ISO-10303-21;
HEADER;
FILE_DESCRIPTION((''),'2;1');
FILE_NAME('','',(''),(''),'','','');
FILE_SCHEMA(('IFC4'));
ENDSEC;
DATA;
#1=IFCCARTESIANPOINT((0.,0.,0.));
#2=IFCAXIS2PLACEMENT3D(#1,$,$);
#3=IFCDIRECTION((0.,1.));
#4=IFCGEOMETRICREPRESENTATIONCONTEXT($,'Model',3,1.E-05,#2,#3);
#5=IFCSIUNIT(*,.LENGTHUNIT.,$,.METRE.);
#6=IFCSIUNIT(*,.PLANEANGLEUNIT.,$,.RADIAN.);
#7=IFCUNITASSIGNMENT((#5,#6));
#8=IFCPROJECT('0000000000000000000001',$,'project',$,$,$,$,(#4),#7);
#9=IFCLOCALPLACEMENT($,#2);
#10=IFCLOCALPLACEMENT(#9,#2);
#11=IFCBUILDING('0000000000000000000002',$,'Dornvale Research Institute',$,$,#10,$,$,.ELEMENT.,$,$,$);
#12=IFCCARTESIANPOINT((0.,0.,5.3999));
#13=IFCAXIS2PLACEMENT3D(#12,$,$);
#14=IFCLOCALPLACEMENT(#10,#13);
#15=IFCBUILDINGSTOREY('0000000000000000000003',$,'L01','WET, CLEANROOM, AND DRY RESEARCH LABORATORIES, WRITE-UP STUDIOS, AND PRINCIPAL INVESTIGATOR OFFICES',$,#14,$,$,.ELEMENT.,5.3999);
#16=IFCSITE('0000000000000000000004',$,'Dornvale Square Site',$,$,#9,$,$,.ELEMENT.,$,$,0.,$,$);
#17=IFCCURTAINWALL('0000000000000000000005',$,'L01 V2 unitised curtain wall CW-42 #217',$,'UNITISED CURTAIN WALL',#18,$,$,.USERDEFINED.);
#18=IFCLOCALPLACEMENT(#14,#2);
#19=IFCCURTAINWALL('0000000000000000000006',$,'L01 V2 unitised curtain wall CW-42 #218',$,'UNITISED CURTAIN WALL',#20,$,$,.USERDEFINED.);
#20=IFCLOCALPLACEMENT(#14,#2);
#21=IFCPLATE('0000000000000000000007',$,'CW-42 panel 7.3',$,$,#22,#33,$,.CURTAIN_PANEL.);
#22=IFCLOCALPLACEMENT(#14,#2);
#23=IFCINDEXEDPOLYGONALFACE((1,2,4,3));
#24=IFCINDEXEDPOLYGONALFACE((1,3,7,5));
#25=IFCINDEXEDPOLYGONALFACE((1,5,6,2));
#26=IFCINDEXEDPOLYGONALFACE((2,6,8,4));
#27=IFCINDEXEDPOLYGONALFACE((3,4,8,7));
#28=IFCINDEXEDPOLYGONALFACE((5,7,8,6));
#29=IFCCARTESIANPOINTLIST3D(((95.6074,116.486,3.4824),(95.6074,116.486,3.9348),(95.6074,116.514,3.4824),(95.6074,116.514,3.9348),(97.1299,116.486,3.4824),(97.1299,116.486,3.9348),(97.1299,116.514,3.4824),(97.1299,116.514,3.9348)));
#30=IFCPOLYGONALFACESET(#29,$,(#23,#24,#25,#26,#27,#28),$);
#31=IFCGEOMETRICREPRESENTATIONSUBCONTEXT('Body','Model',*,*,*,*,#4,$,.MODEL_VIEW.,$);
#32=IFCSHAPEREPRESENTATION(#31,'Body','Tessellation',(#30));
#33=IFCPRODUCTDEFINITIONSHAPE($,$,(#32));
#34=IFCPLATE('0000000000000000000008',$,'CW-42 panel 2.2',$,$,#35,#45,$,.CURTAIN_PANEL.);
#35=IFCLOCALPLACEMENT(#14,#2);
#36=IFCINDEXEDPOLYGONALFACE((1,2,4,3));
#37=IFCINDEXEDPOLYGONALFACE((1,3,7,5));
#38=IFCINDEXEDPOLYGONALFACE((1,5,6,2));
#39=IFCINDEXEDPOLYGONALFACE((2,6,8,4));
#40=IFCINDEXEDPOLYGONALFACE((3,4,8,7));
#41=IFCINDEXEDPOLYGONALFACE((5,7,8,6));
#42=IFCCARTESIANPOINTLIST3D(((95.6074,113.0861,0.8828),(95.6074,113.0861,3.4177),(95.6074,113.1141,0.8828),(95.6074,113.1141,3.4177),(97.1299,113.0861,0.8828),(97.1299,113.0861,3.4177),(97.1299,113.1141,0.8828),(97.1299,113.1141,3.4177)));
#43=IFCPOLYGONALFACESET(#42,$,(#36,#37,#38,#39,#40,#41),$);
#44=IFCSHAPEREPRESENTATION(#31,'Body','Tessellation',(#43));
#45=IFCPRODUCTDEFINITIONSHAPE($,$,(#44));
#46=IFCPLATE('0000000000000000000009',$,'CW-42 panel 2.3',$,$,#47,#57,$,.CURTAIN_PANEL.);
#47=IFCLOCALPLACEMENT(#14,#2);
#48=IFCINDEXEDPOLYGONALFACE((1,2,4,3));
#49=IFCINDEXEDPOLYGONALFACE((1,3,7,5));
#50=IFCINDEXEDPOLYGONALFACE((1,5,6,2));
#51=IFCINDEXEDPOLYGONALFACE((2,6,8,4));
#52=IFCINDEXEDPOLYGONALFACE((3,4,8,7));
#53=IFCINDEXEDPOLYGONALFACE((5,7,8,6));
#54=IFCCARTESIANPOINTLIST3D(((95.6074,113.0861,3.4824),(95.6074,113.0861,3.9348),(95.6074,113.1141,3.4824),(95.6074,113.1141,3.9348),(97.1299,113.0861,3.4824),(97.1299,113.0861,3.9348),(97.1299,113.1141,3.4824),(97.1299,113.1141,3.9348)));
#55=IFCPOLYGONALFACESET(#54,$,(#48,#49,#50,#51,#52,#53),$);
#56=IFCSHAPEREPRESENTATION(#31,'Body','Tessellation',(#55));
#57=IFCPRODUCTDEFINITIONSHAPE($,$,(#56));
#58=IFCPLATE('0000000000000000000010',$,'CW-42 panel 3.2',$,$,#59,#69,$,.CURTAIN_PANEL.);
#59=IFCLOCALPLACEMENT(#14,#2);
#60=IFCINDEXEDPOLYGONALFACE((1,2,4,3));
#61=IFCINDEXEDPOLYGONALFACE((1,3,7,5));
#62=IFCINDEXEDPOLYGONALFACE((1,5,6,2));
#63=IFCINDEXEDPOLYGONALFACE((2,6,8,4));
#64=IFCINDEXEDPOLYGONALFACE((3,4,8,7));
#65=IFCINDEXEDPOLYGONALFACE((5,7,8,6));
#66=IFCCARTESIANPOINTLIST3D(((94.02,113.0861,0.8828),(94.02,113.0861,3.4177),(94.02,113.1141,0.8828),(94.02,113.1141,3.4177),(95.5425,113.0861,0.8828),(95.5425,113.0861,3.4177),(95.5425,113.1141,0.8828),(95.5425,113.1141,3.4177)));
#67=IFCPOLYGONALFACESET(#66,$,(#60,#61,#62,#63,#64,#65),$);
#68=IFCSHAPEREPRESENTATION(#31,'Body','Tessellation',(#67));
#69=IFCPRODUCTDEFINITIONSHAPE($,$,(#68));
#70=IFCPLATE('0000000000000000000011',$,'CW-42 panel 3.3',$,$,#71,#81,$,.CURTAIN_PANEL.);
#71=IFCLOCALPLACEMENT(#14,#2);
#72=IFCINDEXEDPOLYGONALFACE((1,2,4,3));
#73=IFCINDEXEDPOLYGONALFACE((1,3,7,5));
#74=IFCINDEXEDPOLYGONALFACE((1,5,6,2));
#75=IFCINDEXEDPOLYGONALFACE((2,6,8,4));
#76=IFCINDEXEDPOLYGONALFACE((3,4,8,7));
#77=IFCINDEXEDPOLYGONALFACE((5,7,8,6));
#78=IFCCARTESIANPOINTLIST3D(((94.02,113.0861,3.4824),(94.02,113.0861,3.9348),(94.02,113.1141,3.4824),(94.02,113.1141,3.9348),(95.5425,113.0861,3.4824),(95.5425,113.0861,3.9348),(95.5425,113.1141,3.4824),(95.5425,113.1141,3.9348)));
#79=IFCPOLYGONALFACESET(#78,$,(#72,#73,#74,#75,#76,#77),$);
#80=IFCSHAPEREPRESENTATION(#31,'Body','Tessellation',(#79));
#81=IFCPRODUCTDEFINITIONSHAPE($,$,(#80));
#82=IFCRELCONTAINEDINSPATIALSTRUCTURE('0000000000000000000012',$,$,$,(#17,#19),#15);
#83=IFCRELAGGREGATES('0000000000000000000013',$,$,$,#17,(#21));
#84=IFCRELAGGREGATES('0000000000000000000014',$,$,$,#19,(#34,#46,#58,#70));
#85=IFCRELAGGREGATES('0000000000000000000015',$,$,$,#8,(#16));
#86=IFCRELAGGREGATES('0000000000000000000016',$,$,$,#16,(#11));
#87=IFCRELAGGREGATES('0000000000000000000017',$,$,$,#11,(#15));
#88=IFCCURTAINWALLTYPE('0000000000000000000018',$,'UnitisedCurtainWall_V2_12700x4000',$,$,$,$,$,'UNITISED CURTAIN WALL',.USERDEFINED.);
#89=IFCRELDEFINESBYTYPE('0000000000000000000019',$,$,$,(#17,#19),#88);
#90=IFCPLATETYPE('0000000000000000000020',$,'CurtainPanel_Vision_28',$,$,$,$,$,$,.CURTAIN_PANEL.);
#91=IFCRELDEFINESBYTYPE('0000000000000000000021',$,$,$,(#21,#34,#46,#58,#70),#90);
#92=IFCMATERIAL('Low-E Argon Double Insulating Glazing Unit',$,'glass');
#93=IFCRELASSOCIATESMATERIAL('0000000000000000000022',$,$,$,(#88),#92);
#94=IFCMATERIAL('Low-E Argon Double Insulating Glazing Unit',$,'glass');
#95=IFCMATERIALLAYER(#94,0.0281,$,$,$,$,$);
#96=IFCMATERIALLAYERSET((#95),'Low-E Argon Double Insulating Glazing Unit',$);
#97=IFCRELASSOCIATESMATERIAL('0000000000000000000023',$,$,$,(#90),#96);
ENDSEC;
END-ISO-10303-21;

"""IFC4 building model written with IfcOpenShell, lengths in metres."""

from ifc_helpers import new_model, si_unit, direction, frame, origin, origin_2d, place, context, subcontext, project, spatial, rectangle, extrude, material, layer, layer_set, type_object, element, aggregate, save


model = new_model("IFC4")

# Units and contexts
model_context = context("Model", 3, precision=1e-05, world=origin(), true_north=direction((0.0, 1.0)))
body_context = subcontext(model_context, "Body", "Model", "MODEL_VIEW")
ifc_project = project(units=[si_unit("LENGTHUNIT", "METRE"), si_unit("PLANEANGLEUNIT", "RADIAN")], contexts=[model_context])

# Site, building, storey
site_placement = place(None, origin())
site = spatial("IfcSite", under=ifc_project, at=site_placement, Name="Dornvale Square Site", CompositionType="ELEMENT", RefElevation=0.0)
building_placement = place(site_placement, origin())
building = spatial("IfcBuilding", under=site, at=building_placement, Name="Dornvale Research Institute", CompositionType="ELEMENT")
storey_placement = place(building_placement, frame((0.0, 0.0, 5.3999)))
storey = spatial("IfcBuildingStorey", under=building, at=storey_placement, Name="L01", Description="WET, CLEANROOM, AND DRY RESEARCH LABORATORIES, WRITE-UP STUDIOS, AND PRINCIPAL INVESTIGATOR OFFICES", CompositionType="ELEMENT", Elevation=5.3999)

# Curtain walls
ifc_material_1 = material(Name="Low-E Argon Double Insulating Glazing Unit", Category="glass")
curtain_wall_type = type_object("IfcCurtainWallType", Name="UnitisedCurtainWall_V2_12700x4000", ElementType="UNITISED CURTAIN WALL", PredefinedType="USERDEFINED", material=ifc_material_1)
curtain_wall_1_placement = place(storey_placement, origin())
curtain_wall_1 = element("IfcCurtainWall", 1, at=curtain_wall_1_placement, inside=storey, type_object=curtain_wall_type, Name="L01 V2 unitised curtain wall CW-42 #217", ObjectType="UNITISED CURTAIN WALL", PredefinedType="USERDEFINED")
curtain_wall_2_placement = place(storey_placement, origin())
curtain_wall_2 = element("IfcCurtainWall", 2, at=curtain_wall_2_placement, inside=storey, type_object=curtain_wall_type, Name="L01 V2 unitised curtain wall CW-42 #218", ObjectType="UNITISED CURTAIN WALL", PredefinedType="USERDEFINED")

# Plates
ifc_material_2 = material(Name="Low-E Argon Double Insulating Glazing Unit", Category="glass")
ifc_layer_1 = layer(ifc_material_2, 0.0281)
ifc_layer_set_1 = layer_set([ifc_layer_1], Name="Low-E Argon Double Insulating Glazing Unit")
plate_type_1 = type_object("IfcPlateType", Name="CurtainPanel_Vision_28", PredefinedType="CURTAIN_PANEL", material=ifc_layer_set_1)
plate_1_placement = place(storey_placement, frame((96.3687, 116.5, 3.4824), z_axis=(0.0, 0.0, 1.0), x_axis=(1.0, 0.0, 0.0)))
plate_1 = element("IfcPlate", 3, at=plate_1_placement, type_object=plate_type_1, Name="CW-42 panel 7.3", PredefinedType="CURTAIN_PANEL", context=body_context, shape_type="SweptSolid", body=[
    extrude(rectangle(XDim=1.5225, YDim=0.0281, at=origin_2d()), origin(), (0.0, 0.0, 1.0), 0.4524),
])
aggregate(curtain_wall_1, [plate_1])
plate_2_placement = place(storey_placement, frame((96.3687, 113.1001, 0.8828), z_axis=(0.0, 0.0, 1.0), x_axis=(-1.0, 0.0, 0.0)))
plate_2 = element("IfcPlate", 4, at=plate_2_placement, type_object=plate_type_1, Name="CW-42 panel 2.2", PredefinedType="CURTAIN_PANEL", context=body_context, shape_type="SweptSolid", body=[
    extrude(rectangle(XDim=1.5225, YDim=0.0281, at=origin_2d()), origin(), (0.0, 0.0, 1.0), 2.5349),
])
plate_3_placement = place(storey_placement, frame((96.3687, 113.1001, 3.4824), z_axis=(0.0, 0.0, 1.0), x_axis=(-1.0, 0.0, 0.0)))
plate_3 = element("IfcPlate", 5, at=plate_3_placement, type_object=plate_type_1, Name="CW-42 panel 2.3", PredefinedType="CURTAIN_PANEL", context=body_context, shape_type="SweptSolid", body=[
    extrude(rectangle(XDim=1.5225, YDim=0.0281, at=origin_2d()), origin(), (0.0, 0.0, 1.0), 0.4524),
])
plate_4_placement = place(storey_placement, frame((94.7812, 113.1001, 0.8828), z_axis=(0.0, 0.0, 1.0), x_axis=(-1.0, 0.0, 0.0)))
plate_4 = element("IfcPlate", 6, at=plate_4_placement, type_object=plate_type_1, Name="CW-42 panel 3.2", PredefinedType="CURTAIN_PANEL", context=body_context, shape_type="SweptSolid", body=[
    extrude(rectangle(XDim=1.5225, YDim=0.0281, at=origin_2d()), origin(), (0.0, 0.0, 1.0), 2.5349),
])
plate_5_placement = place(storey_placement, frame((94.7812, 113.1001, 3.4824), z_axis=(0.0, 0.0, 1.0), x_axis=(-1.0, 0.0, 0.0)))
plate_5 = element("IfcPlate", 7, at=plate_5_placement, type_object=plate_type_1, Name="CW-42 panel 3.3", PredefinedType="CURTAIN_PANEL", context=body_context, shape_type="SweptSolid", body=[
    extrude(rectangle(XDim=1.5225, YDim=0.0281, at=origin_2d()), origin(), (0.0, 0.0, 1.0), 0.4524),
])
aggregate(curtain_wall_2, [plate_2, plate_3, plate_4, plate_5])

save(model, "model.ifc")
